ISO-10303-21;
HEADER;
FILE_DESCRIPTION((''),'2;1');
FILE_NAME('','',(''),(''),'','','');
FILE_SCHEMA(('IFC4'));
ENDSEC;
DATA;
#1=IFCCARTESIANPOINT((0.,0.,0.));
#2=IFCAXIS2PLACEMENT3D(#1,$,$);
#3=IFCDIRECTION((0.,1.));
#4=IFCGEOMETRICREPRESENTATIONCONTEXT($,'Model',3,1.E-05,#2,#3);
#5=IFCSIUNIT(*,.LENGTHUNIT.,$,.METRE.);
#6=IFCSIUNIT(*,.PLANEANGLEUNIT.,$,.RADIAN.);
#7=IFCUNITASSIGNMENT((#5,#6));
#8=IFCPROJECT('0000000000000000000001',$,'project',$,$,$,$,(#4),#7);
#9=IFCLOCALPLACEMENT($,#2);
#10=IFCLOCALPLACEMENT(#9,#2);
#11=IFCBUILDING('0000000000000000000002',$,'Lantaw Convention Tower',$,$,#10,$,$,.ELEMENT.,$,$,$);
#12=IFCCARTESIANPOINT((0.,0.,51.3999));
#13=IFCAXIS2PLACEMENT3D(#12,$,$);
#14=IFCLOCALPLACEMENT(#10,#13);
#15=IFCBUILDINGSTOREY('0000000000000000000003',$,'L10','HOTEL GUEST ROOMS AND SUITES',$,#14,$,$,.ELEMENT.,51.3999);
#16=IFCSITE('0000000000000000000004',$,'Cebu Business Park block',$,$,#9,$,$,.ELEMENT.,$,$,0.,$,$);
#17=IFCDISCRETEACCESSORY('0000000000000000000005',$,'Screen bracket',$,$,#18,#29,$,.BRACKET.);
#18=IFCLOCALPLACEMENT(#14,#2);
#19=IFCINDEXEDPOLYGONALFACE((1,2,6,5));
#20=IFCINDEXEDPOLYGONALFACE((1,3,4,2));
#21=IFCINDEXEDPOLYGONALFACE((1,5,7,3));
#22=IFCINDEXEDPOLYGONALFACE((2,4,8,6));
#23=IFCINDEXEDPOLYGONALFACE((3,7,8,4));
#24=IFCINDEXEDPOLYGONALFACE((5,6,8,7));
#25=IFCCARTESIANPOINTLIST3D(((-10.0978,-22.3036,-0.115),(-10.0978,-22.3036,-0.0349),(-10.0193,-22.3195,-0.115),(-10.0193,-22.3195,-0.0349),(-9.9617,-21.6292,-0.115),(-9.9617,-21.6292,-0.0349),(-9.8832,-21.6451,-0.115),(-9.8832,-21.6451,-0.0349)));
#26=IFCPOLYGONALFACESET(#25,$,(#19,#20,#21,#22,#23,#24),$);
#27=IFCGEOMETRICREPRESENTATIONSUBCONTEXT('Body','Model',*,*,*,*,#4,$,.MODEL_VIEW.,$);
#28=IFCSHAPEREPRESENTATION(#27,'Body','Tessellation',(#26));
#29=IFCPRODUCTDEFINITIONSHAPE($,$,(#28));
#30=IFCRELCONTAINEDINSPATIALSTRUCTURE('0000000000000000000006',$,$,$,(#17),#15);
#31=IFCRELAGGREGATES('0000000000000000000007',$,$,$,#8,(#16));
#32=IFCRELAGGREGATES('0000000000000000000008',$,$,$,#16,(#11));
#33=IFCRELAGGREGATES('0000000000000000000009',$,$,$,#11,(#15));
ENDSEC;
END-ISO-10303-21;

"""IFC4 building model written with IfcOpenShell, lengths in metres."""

from ifc_helpers import new_model, si_unit, direction, frame, origin, origin_2d, place, context, subcontext, project, spatial, rectangle, extrude, element, save


model = new_model("IFC4")

# Units and contexts
model_context = context("Model", 3, precision=1e-05, world=origin(), true_north=direction((0.0, 1.0)))
body_context = subcontext(model_context, "Body", "Model", "MODEL_VIEW")
ifc_project = project(units=[si_unit("LENGTHUNIT", "METRE"), si_unit("PLANEANGLEUNIT", "RADIAN")], contexts=[model_context])

# Site, building, storey
site_placement = place(None, origin())
site = spatial("IfcSite", under=ifc_project, at=site_placement, Name="Cebu Business Park block", CompositionType="ELEMENT", RefElevation=0.0)
building_placement = place(site_placement, origin())
building = spatial("IfcBuilding", under=site, at=building_placement, Name="Lantaw Convention Tower", CompositionType="ELEMENT")
storey_placement = place(building_placement, frame((0.0, 0.0, 51.3999)))
storey = spatial("IfcBuildingStorey", under=building, at=storey_placement, Name="L10", Description="HOTEL GUEST ROOMS AND SUITES", CompositionType="ELEMENT", Elevation=51.3999)

# Discrete accessory
discrete_accessory_placement = place(storey_placement, frame((-9.9905, -21.9744, -0.115), z_axis=(0.0, 0.0, 1.0), x_axis=(0.980245, -0.197789, 0.0)))
element("IfcDiscreteAccessory", 1, at=discrete_accessory_placement, inside=storey, Name="Screen bracket", PredefinedType="BRACKET", context=body_context, shape_type="SweptSolid", body=[
    extrude(rectangle(XDim=0.0801, YDim=0.688, at=origin_2d()), origin(), (0.0, 0.0, 1.0), 0.0801),
])

save(model, "model.ifc")
